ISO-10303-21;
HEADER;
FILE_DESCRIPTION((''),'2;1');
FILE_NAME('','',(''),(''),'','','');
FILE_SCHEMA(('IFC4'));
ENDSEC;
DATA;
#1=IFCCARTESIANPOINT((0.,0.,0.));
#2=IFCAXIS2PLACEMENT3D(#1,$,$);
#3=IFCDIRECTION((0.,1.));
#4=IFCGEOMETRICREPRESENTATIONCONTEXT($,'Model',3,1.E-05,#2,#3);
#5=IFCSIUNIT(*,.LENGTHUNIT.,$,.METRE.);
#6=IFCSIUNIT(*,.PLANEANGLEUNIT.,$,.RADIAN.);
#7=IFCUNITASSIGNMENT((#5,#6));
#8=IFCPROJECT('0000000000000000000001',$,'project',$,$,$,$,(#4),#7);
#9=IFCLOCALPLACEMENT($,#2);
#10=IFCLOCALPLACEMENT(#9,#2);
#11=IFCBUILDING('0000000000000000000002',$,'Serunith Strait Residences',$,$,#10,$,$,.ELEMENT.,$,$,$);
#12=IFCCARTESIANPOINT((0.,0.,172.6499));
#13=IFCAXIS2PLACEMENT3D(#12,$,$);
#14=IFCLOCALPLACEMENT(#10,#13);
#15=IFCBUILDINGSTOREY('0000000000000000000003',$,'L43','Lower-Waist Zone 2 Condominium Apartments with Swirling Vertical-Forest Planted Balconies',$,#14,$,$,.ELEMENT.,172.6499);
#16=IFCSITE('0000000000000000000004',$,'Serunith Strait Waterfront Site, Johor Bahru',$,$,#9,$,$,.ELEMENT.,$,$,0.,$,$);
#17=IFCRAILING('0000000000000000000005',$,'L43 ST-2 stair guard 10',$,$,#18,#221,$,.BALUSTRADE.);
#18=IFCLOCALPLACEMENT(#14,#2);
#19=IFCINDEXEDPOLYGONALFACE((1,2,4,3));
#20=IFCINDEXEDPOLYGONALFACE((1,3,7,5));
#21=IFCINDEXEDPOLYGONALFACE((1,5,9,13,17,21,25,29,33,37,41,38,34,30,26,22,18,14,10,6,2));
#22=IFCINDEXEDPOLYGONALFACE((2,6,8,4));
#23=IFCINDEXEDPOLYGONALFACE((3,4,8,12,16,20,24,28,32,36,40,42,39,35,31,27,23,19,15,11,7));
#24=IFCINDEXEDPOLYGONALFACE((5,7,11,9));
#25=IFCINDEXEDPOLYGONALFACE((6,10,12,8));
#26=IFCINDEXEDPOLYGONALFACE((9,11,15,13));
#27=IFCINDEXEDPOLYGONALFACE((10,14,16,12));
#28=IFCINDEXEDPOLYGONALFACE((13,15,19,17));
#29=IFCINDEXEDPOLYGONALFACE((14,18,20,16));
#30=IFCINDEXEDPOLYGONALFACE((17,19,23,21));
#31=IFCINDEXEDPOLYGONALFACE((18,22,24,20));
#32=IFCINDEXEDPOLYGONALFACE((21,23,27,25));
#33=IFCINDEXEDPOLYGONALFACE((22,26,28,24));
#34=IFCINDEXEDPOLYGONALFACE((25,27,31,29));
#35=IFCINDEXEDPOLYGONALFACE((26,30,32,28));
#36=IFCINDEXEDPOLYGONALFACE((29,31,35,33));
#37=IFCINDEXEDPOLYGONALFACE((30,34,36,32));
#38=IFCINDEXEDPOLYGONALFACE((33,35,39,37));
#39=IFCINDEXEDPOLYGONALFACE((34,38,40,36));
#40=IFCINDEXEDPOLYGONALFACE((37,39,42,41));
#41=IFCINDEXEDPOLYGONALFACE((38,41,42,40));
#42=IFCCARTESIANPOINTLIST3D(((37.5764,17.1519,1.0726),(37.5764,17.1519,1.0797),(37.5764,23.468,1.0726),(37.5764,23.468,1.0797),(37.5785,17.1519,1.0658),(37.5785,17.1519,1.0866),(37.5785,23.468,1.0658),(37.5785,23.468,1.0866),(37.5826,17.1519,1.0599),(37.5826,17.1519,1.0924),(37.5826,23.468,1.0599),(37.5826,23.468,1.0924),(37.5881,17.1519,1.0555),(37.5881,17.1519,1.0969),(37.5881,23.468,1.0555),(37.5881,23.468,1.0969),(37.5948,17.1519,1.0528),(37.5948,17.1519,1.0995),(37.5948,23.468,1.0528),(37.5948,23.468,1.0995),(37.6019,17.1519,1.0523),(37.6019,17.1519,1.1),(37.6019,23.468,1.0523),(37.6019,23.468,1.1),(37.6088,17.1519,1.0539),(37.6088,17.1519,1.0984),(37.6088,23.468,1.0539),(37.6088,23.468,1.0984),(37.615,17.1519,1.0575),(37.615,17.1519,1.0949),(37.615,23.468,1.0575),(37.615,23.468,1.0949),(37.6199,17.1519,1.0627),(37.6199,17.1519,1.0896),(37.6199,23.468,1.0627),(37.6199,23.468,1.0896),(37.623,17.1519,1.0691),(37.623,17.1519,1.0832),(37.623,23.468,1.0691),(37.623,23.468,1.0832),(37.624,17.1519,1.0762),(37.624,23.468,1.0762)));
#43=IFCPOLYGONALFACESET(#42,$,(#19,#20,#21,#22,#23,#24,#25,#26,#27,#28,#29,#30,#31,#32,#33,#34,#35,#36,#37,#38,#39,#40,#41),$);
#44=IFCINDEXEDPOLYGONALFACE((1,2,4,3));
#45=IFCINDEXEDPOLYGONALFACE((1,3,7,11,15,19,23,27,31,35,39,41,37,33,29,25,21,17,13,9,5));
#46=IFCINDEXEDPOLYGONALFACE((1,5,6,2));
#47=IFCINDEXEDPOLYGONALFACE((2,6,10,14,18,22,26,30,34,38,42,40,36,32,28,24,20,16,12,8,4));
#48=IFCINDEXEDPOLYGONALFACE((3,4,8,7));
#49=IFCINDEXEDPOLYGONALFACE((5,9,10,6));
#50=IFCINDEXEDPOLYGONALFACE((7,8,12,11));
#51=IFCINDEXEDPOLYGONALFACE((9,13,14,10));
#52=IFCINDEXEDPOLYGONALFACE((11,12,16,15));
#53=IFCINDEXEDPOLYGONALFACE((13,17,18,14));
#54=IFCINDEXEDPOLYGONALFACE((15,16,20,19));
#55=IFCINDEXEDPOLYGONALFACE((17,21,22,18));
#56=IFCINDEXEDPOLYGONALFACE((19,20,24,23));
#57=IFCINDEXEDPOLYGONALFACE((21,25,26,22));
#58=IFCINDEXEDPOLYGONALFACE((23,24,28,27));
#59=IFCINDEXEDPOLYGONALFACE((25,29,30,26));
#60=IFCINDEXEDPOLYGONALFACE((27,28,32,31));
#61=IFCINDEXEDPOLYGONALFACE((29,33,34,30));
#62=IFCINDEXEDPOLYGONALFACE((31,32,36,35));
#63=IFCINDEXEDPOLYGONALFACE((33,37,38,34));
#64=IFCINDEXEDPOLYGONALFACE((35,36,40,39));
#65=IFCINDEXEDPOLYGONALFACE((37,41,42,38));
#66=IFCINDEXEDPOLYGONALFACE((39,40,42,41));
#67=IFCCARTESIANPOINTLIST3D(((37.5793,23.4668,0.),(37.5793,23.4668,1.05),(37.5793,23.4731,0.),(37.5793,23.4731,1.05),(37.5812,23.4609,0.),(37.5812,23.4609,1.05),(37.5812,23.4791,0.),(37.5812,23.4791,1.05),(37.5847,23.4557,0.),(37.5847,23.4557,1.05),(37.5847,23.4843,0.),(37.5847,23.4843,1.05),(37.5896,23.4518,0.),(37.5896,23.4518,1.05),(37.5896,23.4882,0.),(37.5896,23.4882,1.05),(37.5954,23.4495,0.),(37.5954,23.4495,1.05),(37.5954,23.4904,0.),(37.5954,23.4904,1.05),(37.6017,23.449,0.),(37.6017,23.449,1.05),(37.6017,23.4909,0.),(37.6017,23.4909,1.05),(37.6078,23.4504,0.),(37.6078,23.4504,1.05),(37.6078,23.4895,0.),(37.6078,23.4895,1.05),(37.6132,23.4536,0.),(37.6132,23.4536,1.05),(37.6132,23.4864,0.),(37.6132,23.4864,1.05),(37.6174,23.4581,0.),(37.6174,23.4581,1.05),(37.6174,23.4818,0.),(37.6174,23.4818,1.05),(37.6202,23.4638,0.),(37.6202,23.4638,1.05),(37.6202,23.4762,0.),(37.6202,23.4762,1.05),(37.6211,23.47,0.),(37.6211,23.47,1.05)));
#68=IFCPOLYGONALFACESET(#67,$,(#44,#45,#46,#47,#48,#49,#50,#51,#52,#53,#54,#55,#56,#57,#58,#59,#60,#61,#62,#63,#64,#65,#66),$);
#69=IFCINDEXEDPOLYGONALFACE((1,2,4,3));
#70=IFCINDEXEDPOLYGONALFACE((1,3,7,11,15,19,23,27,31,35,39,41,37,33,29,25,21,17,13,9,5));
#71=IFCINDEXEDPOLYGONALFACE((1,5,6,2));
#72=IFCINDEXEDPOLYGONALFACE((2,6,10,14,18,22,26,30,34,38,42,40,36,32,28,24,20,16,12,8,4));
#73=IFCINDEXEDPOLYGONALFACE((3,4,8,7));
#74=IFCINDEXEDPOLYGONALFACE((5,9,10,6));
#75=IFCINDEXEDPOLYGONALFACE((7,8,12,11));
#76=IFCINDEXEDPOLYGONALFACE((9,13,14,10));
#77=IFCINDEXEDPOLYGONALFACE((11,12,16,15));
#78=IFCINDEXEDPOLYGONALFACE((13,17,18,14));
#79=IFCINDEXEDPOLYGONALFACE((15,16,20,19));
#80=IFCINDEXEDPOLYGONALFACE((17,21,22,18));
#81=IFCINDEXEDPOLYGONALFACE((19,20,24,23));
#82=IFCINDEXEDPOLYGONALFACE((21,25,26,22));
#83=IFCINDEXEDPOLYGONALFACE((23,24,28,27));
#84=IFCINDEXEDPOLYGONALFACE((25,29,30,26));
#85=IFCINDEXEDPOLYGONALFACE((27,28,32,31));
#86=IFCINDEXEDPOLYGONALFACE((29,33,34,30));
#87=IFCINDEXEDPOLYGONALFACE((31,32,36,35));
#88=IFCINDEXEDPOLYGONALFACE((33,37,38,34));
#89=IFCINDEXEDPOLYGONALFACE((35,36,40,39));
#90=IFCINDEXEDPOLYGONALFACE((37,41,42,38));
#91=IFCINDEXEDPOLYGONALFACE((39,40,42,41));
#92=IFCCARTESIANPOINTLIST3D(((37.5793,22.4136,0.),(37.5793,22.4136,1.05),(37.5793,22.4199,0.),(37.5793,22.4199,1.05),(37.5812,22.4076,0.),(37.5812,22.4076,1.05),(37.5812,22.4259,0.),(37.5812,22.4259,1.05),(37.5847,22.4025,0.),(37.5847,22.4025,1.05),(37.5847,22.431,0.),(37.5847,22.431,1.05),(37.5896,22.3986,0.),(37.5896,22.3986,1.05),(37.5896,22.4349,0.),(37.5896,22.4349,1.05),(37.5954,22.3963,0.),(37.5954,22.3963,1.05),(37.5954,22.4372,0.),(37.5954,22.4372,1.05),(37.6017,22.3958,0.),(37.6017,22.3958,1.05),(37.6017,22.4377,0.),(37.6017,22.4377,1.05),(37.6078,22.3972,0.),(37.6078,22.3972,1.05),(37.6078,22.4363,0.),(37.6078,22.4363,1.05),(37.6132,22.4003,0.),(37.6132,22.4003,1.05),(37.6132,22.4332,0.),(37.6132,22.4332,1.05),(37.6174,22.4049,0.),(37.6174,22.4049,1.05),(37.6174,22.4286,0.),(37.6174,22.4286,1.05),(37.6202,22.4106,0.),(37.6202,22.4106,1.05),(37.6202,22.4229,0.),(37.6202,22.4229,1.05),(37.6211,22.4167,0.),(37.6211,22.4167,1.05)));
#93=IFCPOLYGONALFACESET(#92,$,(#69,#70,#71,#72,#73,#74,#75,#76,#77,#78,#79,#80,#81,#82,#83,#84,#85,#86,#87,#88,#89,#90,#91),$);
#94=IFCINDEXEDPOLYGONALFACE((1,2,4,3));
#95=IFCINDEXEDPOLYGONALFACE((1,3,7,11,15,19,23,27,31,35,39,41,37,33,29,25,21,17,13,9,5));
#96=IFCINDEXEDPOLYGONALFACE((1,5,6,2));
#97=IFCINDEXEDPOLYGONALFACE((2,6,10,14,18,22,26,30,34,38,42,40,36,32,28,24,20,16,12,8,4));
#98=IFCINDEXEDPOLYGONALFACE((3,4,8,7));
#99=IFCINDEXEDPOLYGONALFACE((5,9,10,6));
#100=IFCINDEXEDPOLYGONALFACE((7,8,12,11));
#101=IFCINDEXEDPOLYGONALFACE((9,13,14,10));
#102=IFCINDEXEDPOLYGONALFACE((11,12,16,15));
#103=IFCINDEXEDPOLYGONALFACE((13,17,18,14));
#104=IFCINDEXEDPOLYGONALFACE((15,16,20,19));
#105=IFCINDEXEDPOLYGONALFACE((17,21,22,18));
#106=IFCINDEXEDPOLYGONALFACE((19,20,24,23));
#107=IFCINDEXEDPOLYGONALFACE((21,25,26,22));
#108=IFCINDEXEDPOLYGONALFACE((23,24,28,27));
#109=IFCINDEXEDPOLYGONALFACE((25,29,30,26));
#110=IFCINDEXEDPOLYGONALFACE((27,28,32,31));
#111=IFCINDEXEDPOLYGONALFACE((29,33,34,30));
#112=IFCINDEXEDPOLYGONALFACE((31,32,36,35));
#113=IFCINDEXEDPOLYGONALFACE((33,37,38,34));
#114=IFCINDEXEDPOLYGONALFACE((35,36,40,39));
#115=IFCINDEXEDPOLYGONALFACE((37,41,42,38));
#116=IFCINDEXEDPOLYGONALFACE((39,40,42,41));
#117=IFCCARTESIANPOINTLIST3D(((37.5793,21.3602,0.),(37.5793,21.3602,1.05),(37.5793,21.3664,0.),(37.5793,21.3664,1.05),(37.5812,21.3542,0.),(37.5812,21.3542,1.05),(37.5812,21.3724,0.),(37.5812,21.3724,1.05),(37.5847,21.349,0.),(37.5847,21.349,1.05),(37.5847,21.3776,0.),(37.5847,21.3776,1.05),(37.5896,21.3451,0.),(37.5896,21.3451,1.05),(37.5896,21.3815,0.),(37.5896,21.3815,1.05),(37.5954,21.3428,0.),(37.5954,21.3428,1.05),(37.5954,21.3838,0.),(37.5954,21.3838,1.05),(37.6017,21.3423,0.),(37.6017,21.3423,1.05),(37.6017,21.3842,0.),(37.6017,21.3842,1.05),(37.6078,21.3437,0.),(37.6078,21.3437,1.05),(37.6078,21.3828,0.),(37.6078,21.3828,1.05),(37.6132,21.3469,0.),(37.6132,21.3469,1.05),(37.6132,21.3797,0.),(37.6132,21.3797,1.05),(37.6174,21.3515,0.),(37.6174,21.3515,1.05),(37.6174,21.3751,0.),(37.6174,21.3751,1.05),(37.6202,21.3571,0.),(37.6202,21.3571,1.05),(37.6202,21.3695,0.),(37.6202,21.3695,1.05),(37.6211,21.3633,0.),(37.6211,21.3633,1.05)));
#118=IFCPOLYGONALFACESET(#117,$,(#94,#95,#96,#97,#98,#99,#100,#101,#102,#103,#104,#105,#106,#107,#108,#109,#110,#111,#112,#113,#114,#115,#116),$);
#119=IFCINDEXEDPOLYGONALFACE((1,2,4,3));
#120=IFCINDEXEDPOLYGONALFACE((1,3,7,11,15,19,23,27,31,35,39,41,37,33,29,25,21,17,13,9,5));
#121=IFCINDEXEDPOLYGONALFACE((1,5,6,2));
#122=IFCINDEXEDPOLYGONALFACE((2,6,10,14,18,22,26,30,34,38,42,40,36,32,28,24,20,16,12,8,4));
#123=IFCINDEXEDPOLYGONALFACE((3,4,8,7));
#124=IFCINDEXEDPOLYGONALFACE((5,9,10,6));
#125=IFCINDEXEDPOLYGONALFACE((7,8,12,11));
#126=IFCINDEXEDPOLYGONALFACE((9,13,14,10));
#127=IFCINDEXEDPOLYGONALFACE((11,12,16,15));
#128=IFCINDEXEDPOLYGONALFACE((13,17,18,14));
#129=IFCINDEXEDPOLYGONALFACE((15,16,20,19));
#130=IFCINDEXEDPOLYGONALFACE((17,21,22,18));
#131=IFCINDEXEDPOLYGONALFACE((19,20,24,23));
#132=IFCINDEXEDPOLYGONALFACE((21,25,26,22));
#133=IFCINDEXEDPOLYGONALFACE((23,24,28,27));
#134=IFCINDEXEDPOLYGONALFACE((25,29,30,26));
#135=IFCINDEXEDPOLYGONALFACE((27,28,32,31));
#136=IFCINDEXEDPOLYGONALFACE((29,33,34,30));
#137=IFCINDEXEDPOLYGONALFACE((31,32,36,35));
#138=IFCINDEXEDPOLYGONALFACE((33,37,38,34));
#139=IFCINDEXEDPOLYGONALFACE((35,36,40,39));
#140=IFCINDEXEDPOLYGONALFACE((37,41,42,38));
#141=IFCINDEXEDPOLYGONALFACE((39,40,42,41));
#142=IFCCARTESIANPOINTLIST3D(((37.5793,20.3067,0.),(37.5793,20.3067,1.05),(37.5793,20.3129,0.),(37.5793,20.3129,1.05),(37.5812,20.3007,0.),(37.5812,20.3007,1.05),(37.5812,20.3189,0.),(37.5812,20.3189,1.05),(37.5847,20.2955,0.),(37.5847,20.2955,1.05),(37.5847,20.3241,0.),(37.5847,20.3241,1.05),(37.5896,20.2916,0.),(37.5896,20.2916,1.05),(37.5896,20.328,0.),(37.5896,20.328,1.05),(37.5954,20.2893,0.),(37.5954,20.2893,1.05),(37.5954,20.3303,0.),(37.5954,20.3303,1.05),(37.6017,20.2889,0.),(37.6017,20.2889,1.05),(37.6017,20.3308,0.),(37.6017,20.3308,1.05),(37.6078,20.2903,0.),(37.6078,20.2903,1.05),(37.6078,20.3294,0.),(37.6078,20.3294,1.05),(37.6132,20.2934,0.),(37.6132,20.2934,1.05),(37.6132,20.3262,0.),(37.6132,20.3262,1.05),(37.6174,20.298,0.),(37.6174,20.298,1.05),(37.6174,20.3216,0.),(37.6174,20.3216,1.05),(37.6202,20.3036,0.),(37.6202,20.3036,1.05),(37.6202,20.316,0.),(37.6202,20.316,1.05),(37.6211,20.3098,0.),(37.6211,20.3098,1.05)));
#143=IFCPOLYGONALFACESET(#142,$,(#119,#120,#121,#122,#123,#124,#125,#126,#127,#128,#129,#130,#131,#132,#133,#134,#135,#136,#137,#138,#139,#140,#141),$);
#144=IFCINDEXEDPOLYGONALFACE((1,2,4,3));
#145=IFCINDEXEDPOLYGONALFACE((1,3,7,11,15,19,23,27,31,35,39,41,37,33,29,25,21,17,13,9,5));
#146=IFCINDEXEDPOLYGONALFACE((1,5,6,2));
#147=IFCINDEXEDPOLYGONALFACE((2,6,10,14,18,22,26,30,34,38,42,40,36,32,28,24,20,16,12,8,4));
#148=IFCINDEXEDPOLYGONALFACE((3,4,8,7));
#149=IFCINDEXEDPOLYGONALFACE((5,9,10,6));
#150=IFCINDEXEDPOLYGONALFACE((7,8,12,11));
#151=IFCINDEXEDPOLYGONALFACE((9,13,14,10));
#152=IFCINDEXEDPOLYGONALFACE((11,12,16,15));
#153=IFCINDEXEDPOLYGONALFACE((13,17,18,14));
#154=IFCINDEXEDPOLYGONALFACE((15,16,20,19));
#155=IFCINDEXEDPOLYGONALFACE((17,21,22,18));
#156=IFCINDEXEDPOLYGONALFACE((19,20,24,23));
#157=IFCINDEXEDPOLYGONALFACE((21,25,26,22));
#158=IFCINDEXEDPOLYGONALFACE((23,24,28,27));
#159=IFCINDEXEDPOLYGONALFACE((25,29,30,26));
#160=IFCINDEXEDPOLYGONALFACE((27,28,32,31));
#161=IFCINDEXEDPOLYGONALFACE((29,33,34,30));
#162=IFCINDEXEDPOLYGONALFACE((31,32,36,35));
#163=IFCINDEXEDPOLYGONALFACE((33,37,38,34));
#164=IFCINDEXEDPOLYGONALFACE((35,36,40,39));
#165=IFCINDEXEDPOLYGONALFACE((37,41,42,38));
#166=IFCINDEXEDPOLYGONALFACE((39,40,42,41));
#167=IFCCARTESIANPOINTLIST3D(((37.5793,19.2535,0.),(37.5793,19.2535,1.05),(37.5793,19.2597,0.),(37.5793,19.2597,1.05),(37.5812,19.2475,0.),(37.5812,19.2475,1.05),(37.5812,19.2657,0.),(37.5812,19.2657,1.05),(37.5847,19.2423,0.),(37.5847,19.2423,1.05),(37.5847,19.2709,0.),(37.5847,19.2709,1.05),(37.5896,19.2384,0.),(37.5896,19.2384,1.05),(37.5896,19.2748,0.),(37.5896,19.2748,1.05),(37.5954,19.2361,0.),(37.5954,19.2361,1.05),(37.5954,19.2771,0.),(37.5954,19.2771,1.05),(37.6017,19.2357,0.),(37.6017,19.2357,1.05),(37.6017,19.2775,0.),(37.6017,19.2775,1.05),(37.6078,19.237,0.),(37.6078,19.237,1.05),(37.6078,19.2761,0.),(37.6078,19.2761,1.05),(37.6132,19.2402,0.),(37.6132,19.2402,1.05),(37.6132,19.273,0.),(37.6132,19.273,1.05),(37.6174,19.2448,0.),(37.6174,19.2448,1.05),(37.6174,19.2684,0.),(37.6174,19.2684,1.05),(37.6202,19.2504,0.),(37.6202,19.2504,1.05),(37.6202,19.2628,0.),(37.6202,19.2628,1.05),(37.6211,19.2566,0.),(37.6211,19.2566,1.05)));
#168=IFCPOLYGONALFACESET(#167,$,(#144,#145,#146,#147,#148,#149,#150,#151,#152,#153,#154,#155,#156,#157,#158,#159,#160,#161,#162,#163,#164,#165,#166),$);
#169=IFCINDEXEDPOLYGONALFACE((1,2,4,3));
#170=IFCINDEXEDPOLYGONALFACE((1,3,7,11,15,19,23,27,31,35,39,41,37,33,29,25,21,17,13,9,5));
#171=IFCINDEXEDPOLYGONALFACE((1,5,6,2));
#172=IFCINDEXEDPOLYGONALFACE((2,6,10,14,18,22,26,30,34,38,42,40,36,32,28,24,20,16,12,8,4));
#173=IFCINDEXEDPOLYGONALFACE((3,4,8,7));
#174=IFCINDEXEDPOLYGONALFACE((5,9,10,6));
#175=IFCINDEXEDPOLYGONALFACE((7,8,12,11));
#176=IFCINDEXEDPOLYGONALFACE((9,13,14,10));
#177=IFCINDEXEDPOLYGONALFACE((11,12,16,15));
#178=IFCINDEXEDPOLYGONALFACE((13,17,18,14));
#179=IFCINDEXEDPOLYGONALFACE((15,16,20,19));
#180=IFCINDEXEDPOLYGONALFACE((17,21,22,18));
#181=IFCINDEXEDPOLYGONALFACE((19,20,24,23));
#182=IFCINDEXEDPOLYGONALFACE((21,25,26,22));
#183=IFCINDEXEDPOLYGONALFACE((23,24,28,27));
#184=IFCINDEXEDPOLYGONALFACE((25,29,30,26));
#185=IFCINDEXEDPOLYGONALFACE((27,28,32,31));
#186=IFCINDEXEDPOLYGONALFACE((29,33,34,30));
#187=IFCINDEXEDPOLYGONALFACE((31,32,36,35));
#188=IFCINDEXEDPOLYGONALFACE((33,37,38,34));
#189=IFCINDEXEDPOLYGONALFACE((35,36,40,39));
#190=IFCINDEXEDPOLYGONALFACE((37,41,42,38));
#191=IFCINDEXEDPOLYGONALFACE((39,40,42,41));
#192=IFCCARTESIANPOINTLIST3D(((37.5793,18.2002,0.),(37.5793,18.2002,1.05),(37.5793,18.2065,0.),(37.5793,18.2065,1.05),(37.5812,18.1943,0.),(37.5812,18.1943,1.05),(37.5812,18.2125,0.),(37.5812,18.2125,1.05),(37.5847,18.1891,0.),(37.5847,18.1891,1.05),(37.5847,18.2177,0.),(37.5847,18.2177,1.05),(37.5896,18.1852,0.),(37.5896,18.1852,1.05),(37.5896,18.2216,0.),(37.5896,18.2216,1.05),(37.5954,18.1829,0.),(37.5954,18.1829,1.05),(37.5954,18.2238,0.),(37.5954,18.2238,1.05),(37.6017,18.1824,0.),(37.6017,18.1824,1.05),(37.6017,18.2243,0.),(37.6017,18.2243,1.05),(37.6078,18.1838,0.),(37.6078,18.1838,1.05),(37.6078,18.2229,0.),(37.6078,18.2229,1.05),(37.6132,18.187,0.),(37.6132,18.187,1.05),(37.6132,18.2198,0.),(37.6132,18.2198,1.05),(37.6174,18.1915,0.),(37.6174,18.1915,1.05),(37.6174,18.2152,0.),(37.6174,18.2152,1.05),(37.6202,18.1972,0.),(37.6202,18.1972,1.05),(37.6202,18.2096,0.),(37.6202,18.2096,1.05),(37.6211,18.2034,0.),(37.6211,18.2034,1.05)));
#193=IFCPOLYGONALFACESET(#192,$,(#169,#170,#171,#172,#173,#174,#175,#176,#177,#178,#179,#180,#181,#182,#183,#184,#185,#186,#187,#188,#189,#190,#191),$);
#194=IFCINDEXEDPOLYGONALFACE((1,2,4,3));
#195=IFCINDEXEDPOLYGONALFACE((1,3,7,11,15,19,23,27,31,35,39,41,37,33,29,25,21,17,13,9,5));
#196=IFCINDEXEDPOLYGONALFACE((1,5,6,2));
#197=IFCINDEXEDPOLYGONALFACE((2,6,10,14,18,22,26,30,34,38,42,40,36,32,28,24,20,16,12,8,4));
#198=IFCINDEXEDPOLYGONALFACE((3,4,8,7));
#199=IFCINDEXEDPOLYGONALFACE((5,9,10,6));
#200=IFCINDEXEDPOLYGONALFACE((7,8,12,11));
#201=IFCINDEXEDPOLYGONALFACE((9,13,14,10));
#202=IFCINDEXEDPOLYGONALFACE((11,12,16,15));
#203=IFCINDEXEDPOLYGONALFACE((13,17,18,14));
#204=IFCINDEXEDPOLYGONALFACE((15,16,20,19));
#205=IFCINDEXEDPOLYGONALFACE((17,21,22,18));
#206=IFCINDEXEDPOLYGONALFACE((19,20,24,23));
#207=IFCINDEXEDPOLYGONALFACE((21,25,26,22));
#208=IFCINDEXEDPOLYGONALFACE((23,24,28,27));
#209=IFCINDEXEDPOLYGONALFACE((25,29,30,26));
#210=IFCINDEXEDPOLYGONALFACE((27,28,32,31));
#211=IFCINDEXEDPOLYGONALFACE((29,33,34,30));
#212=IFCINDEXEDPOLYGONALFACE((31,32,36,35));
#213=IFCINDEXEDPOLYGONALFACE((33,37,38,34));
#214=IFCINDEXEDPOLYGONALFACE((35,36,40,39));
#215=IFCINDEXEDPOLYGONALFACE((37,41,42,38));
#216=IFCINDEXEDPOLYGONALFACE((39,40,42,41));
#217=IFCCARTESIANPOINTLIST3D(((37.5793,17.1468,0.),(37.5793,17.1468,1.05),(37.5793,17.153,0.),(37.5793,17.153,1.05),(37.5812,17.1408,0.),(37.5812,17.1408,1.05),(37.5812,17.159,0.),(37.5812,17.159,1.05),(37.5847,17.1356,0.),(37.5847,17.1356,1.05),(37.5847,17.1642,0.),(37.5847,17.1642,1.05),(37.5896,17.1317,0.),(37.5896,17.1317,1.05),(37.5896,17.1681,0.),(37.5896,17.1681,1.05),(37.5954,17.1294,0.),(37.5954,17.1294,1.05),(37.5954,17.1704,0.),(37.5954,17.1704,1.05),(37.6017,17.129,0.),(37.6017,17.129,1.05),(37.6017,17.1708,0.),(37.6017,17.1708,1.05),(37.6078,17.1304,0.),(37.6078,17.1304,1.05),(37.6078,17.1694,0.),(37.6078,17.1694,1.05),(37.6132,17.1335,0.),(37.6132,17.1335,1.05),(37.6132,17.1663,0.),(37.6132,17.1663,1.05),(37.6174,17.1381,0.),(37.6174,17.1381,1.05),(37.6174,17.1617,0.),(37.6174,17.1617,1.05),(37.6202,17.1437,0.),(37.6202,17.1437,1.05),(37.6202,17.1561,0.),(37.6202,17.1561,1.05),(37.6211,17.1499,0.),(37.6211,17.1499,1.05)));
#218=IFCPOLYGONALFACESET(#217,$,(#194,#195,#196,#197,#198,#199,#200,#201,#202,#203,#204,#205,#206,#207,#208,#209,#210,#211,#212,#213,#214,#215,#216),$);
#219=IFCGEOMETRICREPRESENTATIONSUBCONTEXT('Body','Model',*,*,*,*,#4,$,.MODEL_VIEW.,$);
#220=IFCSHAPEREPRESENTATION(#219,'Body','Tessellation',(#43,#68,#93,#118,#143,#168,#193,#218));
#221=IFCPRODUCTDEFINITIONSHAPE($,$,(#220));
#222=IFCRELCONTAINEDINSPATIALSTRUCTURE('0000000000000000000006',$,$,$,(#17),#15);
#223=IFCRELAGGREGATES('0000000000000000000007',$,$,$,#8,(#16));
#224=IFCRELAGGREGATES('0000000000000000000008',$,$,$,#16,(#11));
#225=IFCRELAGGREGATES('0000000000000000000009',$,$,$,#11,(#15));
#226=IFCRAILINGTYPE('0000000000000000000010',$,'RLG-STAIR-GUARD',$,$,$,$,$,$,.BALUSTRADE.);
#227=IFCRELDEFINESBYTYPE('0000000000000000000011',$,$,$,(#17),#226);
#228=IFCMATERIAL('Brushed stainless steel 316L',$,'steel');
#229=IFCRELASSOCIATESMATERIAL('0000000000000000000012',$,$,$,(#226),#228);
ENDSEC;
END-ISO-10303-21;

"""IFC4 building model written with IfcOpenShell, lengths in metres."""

from ifc_helpers import new_model, si_unit, direction, frame, origin, origin_2d, place, context, subcontext, project, spatial, circle, extrude, material, type_object, element, save


model = new_model("IFC4")

# Units and contexts
model_context = context("Model", 3, precision=1e-05, world=origin(), true_north=direction((0.0, 1.0)))
body_context = subcontext(model_context, "Body", "Model", "MODEL_VIEW")
ifc_project = project(units=[si_unit("LENGTHUNIT", "METRE"), si_unit("PLANEANGLEUNIT", "RADIAN")], contexts=[model_context])

# Site, building, storey
site_placement = place(None, origin())
site = spatial("IfcSite", under=ifc_project, at=site_placement, Name="Serunith Strait Waterfront Site, Johor Bahru", CompositionType="ELEMENT", RefElevation=0.0)
building_placement = place(site_placement, origin())
building = spatial("IfcBuilding", under=site, at=building_placement, Name="Serunith Strait Residences", CompositionType="ELEMENT")
storey_placement = place(building_placement, frame((0.0, 0.0, 172.6499)))
storey = spatial("IfcBuildingStorey", under=building, at=storey_placement, Name="L43", Description="Lower-Waist Zone 2 Condominium Apartments with Swirling Vertical-Forest Planted Balconies", CompositionType="ELEMENT", Elevation=172.6499)

# Railing
ifc_material_1 = material(Name="Brushed stainless steel 316L", Category="steel")
railing_type_1 = type_object("IfcRailingType", Name="RLG-STAIR-GUARD", PredefinedType="BALUSTRADE", material=ifc_material_1)
railing_1_placement = place(storey_placement, frame((37.6001, 23.47, 0.0)))
element("IfcRailing", 1, at=railing_1_placement, inside=storey, type_object=railing_type_1, Name="L43 ST-2 stair guard 10", PredefinedType="BALUSTRADE", context=body_context, shape_type="SweptSolid", body=[
    extrude(circle(Radius=0.0239, at=origin_2d()), frame((0.0, -0.002, 1.0762), z_axis=(0.0, -1.0, 0.0), x_axis=(1.0, 0.0, 0.0)), (0.0, 0.0, 1.0), 6.3162),
    extrude(circle(Radius=0.021, at=origin_2d()), origin(), (0.0, 0.0, 1.0), 1.05),
    extrude(circle(Radius=0.021, at=origin_2d()), frame((0.0, -1.0532, 0.0)), (0.0, 0.0, 1.0), 1.05),
    extrude(circle(Radius=0.021, at=origin_2d()), frame((0.0, -2.1067, 0.0)), (0.0, 0.0, 1.0), 1.05),
    extrude(circle(Radius=0.021, at=origin_2d()), frame((0.0, -3.1602, 0.0)), (0.0, 0.0, 1.0), 1.05),
    extrude(circle(Radius=0.021, at=origin_2d()), frame((0.0, -4.2134, 0.0)), (0.0, 0.0, 1.0), 1.05),
    extrude(circle(Radius=0.021, at=origin_2d()), frame((0.0, -5.2666, 0.0)), (0.0, 0.0, 1.0), 1.05),
    extrude(circle(Radius=0.021, at=origin_2d()), frame((0.0, -6.3201, 0.0)), (0.0, 0.0, 1.0), 1.05),
])

save(model, "model.ifc")
